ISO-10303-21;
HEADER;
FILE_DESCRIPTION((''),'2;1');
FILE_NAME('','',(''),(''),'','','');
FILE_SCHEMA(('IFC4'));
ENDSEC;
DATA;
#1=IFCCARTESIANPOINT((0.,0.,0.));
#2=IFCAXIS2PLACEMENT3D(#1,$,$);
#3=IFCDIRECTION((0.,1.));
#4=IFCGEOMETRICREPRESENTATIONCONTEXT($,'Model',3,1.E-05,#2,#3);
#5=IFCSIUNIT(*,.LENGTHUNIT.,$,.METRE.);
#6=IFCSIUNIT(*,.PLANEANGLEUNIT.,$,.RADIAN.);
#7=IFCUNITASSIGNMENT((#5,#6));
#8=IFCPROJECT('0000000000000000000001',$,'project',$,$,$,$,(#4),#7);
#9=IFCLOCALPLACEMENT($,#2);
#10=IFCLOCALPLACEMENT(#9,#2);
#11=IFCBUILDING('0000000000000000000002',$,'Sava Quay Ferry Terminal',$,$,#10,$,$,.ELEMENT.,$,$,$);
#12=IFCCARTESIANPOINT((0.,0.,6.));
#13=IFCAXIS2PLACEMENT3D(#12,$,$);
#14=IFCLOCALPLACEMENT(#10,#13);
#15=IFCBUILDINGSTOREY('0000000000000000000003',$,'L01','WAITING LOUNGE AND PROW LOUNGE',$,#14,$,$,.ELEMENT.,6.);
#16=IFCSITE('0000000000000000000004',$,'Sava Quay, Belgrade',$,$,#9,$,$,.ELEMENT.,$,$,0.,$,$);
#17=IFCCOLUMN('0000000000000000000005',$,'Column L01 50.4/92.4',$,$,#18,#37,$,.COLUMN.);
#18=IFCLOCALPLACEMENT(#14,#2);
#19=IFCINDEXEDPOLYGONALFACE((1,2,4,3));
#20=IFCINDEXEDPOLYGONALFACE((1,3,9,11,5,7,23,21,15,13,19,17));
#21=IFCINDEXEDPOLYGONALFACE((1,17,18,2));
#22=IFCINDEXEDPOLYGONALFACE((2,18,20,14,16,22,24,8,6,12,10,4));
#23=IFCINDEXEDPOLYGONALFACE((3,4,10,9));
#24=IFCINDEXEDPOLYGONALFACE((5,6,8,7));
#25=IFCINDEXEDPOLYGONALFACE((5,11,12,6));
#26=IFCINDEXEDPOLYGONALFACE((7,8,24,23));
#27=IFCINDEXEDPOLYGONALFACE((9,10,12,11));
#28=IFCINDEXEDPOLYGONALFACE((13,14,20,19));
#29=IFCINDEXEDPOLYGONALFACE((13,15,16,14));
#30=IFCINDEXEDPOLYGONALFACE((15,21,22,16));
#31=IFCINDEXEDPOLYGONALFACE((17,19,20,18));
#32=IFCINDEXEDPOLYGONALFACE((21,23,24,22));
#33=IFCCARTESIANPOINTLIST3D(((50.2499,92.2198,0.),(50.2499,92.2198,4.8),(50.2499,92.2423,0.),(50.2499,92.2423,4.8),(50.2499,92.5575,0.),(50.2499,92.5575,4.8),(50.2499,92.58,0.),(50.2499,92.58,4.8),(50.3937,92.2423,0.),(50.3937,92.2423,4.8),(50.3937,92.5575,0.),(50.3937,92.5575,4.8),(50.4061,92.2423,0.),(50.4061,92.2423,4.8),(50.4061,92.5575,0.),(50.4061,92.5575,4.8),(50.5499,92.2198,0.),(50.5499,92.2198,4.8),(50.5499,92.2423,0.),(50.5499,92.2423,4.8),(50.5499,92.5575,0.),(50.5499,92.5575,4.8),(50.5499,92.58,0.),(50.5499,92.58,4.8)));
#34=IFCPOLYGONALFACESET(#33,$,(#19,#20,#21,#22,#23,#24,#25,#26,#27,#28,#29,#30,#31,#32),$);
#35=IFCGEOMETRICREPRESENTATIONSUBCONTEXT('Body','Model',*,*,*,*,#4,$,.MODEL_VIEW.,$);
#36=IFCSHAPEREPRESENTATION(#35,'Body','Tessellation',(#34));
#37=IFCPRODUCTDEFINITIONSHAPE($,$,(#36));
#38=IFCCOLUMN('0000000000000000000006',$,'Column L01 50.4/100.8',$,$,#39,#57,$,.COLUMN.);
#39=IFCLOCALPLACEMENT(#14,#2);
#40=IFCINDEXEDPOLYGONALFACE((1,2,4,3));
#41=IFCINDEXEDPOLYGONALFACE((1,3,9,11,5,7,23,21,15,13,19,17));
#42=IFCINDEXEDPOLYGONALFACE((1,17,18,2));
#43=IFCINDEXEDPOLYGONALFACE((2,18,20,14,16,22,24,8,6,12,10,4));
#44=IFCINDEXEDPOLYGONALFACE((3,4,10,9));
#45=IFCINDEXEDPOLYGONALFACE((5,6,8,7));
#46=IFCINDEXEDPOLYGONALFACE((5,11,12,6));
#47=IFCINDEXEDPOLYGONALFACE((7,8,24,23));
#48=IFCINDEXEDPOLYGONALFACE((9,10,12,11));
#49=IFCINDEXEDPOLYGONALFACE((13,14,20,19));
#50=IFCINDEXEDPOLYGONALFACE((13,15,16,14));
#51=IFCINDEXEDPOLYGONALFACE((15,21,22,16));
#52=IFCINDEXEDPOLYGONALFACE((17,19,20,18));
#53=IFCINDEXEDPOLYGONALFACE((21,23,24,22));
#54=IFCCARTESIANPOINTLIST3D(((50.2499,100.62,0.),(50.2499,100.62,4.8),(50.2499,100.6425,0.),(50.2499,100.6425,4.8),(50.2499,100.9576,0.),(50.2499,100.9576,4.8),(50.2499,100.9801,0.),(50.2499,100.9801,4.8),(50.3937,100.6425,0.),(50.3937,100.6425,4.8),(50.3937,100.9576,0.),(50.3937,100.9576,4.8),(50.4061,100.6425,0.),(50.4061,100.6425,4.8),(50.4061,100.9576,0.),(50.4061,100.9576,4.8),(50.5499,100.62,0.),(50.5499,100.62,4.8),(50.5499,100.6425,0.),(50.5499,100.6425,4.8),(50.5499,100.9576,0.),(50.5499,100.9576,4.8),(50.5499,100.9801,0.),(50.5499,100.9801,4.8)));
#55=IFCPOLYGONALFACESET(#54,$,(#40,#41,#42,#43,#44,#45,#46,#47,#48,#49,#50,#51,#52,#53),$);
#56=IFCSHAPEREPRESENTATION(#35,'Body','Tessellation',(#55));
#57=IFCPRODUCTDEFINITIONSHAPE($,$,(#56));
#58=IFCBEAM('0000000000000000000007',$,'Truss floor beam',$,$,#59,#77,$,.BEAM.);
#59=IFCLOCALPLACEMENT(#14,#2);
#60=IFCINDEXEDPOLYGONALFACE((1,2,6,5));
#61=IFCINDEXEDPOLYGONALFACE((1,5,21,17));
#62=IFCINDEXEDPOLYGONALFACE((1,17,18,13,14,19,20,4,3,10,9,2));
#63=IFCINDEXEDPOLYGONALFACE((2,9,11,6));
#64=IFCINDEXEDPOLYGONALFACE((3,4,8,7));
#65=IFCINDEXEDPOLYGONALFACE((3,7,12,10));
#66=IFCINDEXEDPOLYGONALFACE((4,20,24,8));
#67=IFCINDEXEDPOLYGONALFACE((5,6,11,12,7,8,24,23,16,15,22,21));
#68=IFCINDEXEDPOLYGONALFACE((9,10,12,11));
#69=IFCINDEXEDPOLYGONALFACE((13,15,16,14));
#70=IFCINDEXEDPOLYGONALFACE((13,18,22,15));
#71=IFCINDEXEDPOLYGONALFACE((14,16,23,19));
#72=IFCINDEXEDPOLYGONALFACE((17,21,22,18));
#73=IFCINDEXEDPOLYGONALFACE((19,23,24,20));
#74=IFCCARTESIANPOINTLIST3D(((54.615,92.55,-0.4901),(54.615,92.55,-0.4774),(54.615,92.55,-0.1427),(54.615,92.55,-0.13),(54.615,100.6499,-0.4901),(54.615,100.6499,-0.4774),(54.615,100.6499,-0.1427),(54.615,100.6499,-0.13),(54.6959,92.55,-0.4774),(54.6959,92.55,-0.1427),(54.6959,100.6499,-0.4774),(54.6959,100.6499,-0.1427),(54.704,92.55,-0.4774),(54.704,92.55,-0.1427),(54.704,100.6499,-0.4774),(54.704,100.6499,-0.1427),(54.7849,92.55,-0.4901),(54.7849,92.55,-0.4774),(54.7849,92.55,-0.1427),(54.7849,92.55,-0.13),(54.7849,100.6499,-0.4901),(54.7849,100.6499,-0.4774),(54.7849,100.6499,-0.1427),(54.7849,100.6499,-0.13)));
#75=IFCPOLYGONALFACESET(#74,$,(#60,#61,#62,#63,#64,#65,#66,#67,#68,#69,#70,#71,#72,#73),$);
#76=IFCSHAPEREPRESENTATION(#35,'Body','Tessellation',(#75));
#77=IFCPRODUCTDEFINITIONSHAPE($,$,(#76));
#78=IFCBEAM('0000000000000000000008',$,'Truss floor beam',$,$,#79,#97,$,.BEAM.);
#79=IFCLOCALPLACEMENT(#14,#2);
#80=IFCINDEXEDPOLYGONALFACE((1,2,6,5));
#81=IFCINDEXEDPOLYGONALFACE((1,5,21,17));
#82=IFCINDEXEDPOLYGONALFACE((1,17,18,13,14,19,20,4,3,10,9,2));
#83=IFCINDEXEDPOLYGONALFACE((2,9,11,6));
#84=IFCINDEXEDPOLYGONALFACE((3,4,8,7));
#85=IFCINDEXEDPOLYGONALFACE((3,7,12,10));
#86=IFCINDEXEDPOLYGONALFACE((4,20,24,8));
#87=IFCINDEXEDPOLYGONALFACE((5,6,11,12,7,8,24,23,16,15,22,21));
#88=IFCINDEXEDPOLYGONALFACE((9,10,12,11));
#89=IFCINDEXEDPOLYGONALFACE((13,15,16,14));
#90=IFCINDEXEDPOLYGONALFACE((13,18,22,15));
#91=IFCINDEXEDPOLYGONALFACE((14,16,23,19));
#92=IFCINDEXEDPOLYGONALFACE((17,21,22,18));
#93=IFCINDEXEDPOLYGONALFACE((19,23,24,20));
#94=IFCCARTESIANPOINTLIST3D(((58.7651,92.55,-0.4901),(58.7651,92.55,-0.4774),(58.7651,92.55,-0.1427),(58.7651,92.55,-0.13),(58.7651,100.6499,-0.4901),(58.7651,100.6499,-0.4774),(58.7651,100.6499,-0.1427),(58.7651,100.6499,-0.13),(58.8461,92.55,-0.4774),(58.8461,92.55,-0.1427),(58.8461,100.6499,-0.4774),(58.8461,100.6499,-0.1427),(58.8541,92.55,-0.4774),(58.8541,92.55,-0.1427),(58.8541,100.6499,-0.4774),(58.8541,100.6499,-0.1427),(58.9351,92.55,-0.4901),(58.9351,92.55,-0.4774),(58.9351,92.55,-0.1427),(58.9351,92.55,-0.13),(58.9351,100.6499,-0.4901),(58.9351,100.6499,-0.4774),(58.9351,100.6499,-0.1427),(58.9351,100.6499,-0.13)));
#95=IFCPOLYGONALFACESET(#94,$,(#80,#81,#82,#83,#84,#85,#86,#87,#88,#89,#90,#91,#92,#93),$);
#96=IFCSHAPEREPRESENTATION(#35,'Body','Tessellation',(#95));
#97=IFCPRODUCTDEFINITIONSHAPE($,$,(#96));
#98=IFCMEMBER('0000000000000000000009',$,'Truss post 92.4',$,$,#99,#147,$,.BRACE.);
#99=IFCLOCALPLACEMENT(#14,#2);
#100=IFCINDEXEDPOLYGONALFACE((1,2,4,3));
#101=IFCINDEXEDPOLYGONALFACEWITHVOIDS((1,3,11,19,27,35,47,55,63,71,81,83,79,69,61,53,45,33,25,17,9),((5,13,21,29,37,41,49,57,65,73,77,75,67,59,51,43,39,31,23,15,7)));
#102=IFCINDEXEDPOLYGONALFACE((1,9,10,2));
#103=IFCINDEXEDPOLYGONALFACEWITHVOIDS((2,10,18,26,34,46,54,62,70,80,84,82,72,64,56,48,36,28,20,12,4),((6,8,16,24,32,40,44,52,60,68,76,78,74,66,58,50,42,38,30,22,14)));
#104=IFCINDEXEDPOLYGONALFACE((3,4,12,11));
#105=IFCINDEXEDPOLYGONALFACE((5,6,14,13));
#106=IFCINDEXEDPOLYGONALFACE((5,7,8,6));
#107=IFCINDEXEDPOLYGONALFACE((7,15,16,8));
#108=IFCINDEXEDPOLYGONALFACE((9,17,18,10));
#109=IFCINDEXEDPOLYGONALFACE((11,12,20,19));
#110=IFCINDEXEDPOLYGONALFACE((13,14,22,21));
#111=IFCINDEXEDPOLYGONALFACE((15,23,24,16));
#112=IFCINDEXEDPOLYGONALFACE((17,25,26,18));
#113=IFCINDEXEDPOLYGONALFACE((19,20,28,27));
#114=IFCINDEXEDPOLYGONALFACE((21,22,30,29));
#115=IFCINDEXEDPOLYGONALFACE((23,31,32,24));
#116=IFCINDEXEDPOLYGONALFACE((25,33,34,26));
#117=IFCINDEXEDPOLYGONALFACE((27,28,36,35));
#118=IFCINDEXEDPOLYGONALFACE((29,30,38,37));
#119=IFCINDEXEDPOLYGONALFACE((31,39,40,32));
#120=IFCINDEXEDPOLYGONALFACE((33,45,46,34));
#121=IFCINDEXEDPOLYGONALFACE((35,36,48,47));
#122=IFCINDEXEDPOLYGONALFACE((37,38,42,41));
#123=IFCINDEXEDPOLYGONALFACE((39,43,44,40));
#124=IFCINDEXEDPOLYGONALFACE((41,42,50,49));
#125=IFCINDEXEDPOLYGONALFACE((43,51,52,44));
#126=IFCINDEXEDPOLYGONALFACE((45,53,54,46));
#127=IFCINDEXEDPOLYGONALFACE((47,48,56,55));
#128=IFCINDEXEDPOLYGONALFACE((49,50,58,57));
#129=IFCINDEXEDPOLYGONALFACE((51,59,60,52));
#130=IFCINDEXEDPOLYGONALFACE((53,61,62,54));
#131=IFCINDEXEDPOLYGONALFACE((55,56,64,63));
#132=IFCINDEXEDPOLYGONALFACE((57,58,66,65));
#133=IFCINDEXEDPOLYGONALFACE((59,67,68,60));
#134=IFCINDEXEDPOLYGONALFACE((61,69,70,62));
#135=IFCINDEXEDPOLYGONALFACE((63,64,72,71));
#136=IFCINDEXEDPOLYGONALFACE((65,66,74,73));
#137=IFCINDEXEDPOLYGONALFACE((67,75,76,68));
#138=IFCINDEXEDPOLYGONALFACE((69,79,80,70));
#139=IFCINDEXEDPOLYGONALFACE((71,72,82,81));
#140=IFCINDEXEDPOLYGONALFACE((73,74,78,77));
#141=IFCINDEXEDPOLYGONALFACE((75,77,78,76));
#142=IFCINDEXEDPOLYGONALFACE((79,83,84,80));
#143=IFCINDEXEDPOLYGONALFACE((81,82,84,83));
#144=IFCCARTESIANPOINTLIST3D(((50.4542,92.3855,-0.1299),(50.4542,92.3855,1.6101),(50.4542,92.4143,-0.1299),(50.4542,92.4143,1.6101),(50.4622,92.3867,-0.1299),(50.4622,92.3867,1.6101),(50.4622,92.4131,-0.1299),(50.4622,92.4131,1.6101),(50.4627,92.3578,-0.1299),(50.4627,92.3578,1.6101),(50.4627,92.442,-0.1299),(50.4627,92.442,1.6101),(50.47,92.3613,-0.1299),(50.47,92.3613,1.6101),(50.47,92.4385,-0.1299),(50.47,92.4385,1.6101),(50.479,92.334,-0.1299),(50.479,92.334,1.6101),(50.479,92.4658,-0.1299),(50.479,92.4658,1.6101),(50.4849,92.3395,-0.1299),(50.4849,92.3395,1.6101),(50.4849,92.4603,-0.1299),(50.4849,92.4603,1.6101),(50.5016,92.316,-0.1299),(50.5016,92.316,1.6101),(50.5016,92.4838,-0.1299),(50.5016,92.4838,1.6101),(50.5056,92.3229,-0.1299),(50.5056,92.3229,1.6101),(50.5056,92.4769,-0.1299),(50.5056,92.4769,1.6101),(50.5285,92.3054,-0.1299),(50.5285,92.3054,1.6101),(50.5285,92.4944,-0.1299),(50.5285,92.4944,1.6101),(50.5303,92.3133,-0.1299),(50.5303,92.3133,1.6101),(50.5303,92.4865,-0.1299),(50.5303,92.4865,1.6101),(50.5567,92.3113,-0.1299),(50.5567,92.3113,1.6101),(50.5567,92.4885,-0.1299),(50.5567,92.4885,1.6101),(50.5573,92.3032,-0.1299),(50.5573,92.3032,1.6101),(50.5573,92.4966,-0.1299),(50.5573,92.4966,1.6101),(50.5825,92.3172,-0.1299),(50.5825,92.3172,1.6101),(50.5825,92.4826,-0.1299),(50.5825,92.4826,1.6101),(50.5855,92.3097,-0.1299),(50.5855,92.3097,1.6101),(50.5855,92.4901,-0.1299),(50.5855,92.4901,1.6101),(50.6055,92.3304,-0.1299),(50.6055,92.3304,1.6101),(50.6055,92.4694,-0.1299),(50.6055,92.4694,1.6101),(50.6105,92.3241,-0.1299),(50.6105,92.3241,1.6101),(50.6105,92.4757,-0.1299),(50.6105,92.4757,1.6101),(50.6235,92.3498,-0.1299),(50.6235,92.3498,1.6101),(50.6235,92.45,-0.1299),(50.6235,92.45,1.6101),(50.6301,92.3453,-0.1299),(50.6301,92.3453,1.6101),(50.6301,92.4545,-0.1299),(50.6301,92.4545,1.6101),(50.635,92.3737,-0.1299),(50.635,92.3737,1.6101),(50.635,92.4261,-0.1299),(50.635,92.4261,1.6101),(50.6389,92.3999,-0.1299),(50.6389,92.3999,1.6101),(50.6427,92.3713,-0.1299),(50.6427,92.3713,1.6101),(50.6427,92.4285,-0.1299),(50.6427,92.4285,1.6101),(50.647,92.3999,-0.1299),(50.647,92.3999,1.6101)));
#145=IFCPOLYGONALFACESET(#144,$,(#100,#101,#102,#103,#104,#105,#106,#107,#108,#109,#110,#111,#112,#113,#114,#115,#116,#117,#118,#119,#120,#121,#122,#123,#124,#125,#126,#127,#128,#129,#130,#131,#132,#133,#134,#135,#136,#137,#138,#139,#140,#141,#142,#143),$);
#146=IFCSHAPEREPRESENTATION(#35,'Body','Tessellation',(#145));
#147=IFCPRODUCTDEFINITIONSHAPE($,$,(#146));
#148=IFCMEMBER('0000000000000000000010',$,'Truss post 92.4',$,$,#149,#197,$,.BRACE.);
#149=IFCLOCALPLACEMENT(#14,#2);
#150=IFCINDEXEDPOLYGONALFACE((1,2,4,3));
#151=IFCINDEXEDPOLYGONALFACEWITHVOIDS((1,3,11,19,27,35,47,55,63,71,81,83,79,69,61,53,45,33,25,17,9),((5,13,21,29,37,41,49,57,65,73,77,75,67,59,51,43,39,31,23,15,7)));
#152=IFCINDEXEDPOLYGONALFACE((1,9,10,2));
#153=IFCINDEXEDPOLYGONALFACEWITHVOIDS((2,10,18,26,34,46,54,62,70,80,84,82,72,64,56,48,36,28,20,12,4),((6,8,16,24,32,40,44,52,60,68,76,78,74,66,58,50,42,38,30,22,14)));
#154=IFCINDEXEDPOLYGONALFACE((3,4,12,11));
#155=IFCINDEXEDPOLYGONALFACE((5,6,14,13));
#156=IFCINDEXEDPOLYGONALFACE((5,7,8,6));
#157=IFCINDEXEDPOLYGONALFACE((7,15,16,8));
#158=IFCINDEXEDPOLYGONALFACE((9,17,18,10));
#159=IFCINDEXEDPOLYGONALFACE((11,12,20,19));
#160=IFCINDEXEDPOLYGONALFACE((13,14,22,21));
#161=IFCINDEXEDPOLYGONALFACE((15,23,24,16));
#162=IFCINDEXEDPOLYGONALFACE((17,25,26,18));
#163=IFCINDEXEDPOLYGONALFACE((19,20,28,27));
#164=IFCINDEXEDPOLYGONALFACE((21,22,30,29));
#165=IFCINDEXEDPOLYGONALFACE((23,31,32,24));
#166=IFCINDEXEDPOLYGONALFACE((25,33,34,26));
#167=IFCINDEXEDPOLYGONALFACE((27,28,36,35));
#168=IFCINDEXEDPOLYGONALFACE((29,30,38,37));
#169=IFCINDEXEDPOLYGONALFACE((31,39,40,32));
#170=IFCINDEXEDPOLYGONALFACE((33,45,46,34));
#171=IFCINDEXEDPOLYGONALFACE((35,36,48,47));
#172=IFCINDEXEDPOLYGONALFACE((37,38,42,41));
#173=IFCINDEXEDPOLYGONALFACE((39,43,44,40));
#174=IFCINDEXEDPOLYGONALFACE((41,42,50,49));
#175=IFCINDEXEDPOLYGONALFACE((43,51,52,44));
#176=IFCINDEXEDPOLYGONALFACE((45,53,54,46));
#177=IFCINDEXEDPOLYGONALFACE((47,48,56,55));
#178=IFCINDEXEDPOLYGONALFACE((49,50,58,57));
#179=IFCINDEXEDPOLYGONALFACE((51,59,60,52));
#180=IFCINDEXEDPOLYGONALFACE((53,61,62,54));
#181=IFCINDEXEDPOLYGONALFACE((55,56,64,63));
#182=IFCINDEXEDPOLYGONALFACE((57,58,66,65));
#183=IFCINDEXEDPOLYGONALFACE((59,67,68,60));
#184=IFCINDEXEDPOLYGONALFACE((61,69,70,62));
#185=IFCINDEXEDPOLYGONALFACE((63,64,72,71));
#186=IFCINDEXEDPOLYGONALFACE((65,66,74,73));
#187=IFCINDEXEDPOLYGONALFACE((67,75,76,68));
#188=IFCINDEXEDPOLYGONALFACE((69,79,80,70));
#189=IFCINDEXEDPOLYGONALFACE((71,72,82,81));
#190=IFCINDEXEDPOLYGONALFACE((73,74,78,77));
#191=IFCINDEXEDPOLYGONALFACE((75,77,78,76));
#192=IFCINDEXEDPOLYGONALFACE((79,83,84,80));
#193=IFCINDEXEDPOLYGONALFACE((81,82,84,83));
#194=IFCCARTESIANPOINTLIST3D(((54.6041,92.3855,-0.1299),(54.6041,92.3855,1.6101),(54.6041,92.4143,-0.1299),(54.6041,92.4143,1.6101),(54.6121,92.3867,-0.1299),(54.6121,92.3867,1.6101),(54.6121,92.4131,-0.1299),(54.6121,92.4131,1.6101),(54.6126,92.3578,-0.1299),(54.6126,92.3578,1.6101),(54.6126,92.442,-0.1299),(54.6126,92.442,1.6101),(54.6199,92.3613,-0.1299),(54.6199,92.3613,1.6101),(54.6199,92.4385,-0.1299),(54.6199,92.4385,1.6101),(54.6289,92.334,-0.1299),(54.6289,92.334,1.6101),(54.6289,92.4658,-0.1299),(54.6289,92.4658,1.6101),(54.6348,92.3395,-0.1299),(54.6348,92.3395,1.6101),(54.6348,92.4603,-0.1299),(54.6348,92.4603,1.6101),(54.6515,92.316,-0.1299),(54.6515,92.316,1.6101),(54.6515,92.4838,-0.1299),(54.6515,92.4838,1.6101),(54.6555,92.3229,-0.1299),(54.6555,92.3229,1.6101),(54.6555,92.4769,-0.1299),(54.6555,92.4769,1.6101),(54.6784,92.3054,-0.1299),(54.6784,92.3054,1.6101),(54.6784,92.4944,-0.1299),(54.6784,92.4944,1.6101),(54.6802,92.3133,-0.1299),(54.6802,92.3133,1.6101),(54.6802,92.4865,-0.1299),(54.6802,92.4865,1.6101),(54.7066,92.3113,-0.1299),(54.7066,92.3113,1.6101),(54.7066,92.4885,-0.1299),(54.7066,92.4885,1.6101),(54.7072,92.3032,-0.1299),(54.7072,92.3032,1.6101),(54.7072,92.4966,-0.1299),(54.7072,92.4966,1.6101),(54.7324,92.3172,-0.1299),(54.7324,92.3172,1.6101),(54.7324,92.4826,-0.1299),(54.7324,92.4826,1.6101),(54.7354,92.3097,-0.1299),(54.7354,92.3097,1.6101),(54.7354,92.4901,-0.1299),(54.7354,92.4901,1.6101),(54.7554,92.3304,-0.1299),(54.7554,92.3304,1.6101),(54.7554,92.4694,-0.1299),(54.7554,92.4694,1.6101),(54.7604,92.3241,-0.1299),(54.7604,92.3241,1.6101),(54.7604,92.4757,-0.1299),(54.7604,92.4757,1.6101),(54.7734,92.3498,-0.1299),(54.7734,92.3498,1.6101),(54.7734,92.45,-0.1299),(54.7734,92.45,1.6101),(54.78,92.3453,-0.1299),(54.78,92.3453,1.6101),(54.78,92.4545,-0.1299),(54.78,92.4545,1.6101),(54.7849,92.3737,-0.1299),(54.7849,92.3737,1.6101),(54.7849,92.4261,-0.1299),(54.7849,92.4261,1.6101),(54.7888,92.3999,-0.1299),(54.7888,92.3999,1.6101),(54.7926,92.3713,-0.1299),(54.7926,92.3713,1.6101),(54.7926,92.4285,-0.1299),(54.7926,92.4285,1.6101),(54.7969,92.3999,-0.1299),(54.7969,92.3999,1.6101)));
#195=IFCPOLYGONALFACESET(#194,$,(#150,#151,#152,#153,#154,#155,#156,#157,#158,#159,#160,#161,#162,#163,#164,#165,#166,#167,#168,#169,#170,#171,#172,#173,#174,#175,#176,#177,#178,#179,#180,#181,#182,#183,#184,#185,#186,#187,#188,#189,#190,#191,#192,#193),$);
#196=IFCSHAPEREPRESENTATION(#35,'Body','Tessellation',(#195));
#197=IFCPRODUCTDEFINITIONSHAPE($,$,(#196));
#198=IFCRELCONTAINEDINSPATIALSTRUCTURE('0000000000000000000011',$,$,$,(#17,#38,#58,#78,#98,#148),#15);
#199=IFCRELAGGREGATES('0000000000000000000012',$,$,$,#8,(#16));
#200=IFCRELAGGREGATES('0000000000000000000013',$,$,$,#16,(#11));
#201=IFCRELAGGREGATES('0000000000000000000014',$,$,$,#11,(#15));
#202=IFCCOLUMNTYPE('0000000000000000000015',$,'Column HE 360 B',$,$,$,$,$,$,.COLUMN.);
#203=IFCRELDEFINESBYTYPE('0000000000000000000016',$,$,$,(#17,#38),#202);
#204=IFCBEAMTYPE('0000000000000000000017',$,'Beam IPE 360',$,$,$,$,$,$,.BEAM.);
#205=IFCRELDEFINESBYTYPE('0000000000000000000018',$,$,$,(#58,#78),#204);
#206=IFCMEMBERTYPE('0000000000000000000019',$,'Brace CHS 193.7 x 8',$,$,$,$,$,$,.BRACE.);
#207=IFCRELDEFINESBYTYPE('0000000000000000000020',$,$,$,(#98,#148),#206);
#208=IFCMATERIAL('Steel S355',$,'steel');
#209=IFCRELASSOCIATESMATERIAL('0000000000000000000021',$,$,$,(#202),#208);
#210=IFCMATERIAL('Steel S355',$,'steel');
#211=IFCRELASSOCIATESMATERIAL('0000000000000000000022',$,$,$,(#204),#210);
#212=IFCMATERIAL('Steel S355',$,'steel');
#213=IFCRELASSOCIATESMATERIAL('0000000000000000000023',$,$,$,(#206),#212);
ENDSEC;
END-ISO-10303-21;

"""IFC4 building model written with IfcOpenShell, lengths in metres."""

from ifc_helpers import new_model, si_unit, direction, frame, origin, origin_2d, place, context, subcontext, project, spatial, hollow_circle, i_section, extrude, material, material_profile, profile_set, type_object, element, save


model = new_model("IFC4")

# Units and contexts
model_context = context("Model", 3, precision=1e-05, world=origin(), true_north=direction((0.0, 1.0)))
body_context = subcontext(model_context, "Body", "Model", "MODEL_VIEW")
ifc_project = project(units=[si_unit("LENGTHUNIT", "METRE"), si_unit("PLANEANGLEUNIT", "RADIAN")], contexts=[model_context])

# Site, building, storey
site_placement = place(None, origin())
site = spatial("IfcSite", under=ifc_project, at=site_placement, Name="Sava Quay, Belgrade", CompositionType="ELEMENT", RefElevation=0.0)
building_placement = place(site_placement, origin())
building = spatial("IfcBuilding", under=site, at=building_placement, Name="Sava Quay Ferry Terminal", CompositionType="ELEMENT")
storey_placement = place(building_placement, frame((0.0, 0.0, 6.0)))
storey = spatial("IfcBuildingStorey", under=building, at=storey_placement, Name="L01", Description="WAITING LOUNGE AND PROW LOUNGE", CompositionType="ELEMENT", Elevation=6.0)

# Columns
ifc_material_1 = material(Name="Steel S355", Category="steel")
ifc_material_profile_1 = material_profile(ifc_material_1, i_section(OverallWidth=0.3, OverallDepth=0.3601, WebThickness=0.0125, FlangeThickness=0.0225, at=origin_2d()), Name="HE 360 B")
ifc_profile_set_1 = profile_set([ifc_material_profile_1], Name="Steel S355")
column_type = type_object("IfcColumnType", Name="Column HE 360 B", PredefinedType="COLUMN", material=ifc_profile_set_1)
for number, where, z_axis, x_axis, name in (
    (1, (50.3999, 92.3999, 0.0), (0.0, 0.0, 1.0), (1.0, 0.0, 0.0), "Column L01 50.4/92.4"),
    (2, (50.3999, 100.8, 0.0), (0.0, 0.0, 1.0), (1.0, 0.0, 0.0), "Column L01 50.4/100.8"),
):
    element("IfcColumn", number, at=place(storey_placement, frame(where, z_axis=z_axis, x_axis=x_axis)), inside=storey, type_object=column_type, Name=name, PredefinedType="COLUMN", context=body_context, shape_type="SweptSolid", body=[
        extrude(i_section(OverallWidth=0.3, OverallDepth=0.3601, WebThickness=0.0125, FlangeThickness=0.0225, at=origin_2d()), origin(), (0.0, 0.0, 1.0), 4.8),
    ])

# Beams
ifc_material_2 = material(Name="Steel S355", Category="steel")
ifc_material_profile_2 = material_profile(ifc_material_2, i_section(OverallWidth=0.1699, OverallDepth=0.3601, WebThickness=0.0081, FlangeThickness=0.0127, at=origin_2d()), Name="IPE 360")
ifc_profile_set_2 = profile_set([ifc_material_profile_2], Name="Steel S355")
beam_type_1 = type_object("IfcBeamType", Name="Beam IPE 360", PredefinedType="BEAM", material=ifc_profile_set_2)
for number, where, z_axis, x_axis, name in (
    (3, (54.7, 92.55, -0.3101), (0.0, 1.0, 0.0), (-1.0, 0.0, 0.0), "Truss floor beam"),
    (4, (58.8501, 92.55, -0.3101), (0.0, 1.0, 0.0), (-1.0, 0.0, 0.0), "Truss floor beam"),
):
    element("IfcBeam", number, at=place(storey_placement, frame(where, z_axis=z_axis, x_axis=x_axis)), inside=storey, type_object=beam_type_1, Name=name, PredefinedType="BEAM", context=body_context, shape_type="SweptSolid", body=[
        extrude(i_section(OverallWidth=0.1699, OverallDepth=0.3601, WebThickness=0.0081, FlangeThickness=0.0127, at=origin_2d()), origin(), (0.0, 0.0, 1.0), 8.0999),
    ])

# Members
ifc_material_3 = material(Name="Steel S355", Category="steel")
ifc_material_profile_3 = material_profile(ifc_material_3, hollow_circle(Radius=0.0969, WallThickness=0.0081, at=origin_2d()), Name="CHS 193.7 x 8")
ifc_profile_set_3 = profile_set([ifc_material_profile_3], Name="Steel S355")
member_type_1 = type_object("IfcMemberType", Name="Brace CHS 193.7 x 8", PredefinedType="BRACE", material=ifc_profile_set_3)
for number, where, z_axis, x_axis, name in (
    (5, (50.55, 92.3999, -0.1299), (0.0, 0.0, 1.0), (1.0, 0.0, 0.0), "Truss post 92.4"),
    (6, (54.7, 92.3999, -0.1299), (0.0, 0.0, 1.0), (1.0, 0.0, 0.0), "Truss post 92.4"),
):
    element("IfcMember", number, at=place(storey_placement, frame(where, z_axis=z_axis, x_axis=x_axis)), inside=storey, type_object=member_type_1, Name=name, PredefinedType="BRACE", context=body_context, shape_type="SweptSolid", body=[
        extrude(hollow_circle(Radius=0.0969, WallThickness=0.0081, at=origin_2d()), origin(), (0.0, 0.0, 1.0), 1.74),
    ])

save(model, "model.ifc")
